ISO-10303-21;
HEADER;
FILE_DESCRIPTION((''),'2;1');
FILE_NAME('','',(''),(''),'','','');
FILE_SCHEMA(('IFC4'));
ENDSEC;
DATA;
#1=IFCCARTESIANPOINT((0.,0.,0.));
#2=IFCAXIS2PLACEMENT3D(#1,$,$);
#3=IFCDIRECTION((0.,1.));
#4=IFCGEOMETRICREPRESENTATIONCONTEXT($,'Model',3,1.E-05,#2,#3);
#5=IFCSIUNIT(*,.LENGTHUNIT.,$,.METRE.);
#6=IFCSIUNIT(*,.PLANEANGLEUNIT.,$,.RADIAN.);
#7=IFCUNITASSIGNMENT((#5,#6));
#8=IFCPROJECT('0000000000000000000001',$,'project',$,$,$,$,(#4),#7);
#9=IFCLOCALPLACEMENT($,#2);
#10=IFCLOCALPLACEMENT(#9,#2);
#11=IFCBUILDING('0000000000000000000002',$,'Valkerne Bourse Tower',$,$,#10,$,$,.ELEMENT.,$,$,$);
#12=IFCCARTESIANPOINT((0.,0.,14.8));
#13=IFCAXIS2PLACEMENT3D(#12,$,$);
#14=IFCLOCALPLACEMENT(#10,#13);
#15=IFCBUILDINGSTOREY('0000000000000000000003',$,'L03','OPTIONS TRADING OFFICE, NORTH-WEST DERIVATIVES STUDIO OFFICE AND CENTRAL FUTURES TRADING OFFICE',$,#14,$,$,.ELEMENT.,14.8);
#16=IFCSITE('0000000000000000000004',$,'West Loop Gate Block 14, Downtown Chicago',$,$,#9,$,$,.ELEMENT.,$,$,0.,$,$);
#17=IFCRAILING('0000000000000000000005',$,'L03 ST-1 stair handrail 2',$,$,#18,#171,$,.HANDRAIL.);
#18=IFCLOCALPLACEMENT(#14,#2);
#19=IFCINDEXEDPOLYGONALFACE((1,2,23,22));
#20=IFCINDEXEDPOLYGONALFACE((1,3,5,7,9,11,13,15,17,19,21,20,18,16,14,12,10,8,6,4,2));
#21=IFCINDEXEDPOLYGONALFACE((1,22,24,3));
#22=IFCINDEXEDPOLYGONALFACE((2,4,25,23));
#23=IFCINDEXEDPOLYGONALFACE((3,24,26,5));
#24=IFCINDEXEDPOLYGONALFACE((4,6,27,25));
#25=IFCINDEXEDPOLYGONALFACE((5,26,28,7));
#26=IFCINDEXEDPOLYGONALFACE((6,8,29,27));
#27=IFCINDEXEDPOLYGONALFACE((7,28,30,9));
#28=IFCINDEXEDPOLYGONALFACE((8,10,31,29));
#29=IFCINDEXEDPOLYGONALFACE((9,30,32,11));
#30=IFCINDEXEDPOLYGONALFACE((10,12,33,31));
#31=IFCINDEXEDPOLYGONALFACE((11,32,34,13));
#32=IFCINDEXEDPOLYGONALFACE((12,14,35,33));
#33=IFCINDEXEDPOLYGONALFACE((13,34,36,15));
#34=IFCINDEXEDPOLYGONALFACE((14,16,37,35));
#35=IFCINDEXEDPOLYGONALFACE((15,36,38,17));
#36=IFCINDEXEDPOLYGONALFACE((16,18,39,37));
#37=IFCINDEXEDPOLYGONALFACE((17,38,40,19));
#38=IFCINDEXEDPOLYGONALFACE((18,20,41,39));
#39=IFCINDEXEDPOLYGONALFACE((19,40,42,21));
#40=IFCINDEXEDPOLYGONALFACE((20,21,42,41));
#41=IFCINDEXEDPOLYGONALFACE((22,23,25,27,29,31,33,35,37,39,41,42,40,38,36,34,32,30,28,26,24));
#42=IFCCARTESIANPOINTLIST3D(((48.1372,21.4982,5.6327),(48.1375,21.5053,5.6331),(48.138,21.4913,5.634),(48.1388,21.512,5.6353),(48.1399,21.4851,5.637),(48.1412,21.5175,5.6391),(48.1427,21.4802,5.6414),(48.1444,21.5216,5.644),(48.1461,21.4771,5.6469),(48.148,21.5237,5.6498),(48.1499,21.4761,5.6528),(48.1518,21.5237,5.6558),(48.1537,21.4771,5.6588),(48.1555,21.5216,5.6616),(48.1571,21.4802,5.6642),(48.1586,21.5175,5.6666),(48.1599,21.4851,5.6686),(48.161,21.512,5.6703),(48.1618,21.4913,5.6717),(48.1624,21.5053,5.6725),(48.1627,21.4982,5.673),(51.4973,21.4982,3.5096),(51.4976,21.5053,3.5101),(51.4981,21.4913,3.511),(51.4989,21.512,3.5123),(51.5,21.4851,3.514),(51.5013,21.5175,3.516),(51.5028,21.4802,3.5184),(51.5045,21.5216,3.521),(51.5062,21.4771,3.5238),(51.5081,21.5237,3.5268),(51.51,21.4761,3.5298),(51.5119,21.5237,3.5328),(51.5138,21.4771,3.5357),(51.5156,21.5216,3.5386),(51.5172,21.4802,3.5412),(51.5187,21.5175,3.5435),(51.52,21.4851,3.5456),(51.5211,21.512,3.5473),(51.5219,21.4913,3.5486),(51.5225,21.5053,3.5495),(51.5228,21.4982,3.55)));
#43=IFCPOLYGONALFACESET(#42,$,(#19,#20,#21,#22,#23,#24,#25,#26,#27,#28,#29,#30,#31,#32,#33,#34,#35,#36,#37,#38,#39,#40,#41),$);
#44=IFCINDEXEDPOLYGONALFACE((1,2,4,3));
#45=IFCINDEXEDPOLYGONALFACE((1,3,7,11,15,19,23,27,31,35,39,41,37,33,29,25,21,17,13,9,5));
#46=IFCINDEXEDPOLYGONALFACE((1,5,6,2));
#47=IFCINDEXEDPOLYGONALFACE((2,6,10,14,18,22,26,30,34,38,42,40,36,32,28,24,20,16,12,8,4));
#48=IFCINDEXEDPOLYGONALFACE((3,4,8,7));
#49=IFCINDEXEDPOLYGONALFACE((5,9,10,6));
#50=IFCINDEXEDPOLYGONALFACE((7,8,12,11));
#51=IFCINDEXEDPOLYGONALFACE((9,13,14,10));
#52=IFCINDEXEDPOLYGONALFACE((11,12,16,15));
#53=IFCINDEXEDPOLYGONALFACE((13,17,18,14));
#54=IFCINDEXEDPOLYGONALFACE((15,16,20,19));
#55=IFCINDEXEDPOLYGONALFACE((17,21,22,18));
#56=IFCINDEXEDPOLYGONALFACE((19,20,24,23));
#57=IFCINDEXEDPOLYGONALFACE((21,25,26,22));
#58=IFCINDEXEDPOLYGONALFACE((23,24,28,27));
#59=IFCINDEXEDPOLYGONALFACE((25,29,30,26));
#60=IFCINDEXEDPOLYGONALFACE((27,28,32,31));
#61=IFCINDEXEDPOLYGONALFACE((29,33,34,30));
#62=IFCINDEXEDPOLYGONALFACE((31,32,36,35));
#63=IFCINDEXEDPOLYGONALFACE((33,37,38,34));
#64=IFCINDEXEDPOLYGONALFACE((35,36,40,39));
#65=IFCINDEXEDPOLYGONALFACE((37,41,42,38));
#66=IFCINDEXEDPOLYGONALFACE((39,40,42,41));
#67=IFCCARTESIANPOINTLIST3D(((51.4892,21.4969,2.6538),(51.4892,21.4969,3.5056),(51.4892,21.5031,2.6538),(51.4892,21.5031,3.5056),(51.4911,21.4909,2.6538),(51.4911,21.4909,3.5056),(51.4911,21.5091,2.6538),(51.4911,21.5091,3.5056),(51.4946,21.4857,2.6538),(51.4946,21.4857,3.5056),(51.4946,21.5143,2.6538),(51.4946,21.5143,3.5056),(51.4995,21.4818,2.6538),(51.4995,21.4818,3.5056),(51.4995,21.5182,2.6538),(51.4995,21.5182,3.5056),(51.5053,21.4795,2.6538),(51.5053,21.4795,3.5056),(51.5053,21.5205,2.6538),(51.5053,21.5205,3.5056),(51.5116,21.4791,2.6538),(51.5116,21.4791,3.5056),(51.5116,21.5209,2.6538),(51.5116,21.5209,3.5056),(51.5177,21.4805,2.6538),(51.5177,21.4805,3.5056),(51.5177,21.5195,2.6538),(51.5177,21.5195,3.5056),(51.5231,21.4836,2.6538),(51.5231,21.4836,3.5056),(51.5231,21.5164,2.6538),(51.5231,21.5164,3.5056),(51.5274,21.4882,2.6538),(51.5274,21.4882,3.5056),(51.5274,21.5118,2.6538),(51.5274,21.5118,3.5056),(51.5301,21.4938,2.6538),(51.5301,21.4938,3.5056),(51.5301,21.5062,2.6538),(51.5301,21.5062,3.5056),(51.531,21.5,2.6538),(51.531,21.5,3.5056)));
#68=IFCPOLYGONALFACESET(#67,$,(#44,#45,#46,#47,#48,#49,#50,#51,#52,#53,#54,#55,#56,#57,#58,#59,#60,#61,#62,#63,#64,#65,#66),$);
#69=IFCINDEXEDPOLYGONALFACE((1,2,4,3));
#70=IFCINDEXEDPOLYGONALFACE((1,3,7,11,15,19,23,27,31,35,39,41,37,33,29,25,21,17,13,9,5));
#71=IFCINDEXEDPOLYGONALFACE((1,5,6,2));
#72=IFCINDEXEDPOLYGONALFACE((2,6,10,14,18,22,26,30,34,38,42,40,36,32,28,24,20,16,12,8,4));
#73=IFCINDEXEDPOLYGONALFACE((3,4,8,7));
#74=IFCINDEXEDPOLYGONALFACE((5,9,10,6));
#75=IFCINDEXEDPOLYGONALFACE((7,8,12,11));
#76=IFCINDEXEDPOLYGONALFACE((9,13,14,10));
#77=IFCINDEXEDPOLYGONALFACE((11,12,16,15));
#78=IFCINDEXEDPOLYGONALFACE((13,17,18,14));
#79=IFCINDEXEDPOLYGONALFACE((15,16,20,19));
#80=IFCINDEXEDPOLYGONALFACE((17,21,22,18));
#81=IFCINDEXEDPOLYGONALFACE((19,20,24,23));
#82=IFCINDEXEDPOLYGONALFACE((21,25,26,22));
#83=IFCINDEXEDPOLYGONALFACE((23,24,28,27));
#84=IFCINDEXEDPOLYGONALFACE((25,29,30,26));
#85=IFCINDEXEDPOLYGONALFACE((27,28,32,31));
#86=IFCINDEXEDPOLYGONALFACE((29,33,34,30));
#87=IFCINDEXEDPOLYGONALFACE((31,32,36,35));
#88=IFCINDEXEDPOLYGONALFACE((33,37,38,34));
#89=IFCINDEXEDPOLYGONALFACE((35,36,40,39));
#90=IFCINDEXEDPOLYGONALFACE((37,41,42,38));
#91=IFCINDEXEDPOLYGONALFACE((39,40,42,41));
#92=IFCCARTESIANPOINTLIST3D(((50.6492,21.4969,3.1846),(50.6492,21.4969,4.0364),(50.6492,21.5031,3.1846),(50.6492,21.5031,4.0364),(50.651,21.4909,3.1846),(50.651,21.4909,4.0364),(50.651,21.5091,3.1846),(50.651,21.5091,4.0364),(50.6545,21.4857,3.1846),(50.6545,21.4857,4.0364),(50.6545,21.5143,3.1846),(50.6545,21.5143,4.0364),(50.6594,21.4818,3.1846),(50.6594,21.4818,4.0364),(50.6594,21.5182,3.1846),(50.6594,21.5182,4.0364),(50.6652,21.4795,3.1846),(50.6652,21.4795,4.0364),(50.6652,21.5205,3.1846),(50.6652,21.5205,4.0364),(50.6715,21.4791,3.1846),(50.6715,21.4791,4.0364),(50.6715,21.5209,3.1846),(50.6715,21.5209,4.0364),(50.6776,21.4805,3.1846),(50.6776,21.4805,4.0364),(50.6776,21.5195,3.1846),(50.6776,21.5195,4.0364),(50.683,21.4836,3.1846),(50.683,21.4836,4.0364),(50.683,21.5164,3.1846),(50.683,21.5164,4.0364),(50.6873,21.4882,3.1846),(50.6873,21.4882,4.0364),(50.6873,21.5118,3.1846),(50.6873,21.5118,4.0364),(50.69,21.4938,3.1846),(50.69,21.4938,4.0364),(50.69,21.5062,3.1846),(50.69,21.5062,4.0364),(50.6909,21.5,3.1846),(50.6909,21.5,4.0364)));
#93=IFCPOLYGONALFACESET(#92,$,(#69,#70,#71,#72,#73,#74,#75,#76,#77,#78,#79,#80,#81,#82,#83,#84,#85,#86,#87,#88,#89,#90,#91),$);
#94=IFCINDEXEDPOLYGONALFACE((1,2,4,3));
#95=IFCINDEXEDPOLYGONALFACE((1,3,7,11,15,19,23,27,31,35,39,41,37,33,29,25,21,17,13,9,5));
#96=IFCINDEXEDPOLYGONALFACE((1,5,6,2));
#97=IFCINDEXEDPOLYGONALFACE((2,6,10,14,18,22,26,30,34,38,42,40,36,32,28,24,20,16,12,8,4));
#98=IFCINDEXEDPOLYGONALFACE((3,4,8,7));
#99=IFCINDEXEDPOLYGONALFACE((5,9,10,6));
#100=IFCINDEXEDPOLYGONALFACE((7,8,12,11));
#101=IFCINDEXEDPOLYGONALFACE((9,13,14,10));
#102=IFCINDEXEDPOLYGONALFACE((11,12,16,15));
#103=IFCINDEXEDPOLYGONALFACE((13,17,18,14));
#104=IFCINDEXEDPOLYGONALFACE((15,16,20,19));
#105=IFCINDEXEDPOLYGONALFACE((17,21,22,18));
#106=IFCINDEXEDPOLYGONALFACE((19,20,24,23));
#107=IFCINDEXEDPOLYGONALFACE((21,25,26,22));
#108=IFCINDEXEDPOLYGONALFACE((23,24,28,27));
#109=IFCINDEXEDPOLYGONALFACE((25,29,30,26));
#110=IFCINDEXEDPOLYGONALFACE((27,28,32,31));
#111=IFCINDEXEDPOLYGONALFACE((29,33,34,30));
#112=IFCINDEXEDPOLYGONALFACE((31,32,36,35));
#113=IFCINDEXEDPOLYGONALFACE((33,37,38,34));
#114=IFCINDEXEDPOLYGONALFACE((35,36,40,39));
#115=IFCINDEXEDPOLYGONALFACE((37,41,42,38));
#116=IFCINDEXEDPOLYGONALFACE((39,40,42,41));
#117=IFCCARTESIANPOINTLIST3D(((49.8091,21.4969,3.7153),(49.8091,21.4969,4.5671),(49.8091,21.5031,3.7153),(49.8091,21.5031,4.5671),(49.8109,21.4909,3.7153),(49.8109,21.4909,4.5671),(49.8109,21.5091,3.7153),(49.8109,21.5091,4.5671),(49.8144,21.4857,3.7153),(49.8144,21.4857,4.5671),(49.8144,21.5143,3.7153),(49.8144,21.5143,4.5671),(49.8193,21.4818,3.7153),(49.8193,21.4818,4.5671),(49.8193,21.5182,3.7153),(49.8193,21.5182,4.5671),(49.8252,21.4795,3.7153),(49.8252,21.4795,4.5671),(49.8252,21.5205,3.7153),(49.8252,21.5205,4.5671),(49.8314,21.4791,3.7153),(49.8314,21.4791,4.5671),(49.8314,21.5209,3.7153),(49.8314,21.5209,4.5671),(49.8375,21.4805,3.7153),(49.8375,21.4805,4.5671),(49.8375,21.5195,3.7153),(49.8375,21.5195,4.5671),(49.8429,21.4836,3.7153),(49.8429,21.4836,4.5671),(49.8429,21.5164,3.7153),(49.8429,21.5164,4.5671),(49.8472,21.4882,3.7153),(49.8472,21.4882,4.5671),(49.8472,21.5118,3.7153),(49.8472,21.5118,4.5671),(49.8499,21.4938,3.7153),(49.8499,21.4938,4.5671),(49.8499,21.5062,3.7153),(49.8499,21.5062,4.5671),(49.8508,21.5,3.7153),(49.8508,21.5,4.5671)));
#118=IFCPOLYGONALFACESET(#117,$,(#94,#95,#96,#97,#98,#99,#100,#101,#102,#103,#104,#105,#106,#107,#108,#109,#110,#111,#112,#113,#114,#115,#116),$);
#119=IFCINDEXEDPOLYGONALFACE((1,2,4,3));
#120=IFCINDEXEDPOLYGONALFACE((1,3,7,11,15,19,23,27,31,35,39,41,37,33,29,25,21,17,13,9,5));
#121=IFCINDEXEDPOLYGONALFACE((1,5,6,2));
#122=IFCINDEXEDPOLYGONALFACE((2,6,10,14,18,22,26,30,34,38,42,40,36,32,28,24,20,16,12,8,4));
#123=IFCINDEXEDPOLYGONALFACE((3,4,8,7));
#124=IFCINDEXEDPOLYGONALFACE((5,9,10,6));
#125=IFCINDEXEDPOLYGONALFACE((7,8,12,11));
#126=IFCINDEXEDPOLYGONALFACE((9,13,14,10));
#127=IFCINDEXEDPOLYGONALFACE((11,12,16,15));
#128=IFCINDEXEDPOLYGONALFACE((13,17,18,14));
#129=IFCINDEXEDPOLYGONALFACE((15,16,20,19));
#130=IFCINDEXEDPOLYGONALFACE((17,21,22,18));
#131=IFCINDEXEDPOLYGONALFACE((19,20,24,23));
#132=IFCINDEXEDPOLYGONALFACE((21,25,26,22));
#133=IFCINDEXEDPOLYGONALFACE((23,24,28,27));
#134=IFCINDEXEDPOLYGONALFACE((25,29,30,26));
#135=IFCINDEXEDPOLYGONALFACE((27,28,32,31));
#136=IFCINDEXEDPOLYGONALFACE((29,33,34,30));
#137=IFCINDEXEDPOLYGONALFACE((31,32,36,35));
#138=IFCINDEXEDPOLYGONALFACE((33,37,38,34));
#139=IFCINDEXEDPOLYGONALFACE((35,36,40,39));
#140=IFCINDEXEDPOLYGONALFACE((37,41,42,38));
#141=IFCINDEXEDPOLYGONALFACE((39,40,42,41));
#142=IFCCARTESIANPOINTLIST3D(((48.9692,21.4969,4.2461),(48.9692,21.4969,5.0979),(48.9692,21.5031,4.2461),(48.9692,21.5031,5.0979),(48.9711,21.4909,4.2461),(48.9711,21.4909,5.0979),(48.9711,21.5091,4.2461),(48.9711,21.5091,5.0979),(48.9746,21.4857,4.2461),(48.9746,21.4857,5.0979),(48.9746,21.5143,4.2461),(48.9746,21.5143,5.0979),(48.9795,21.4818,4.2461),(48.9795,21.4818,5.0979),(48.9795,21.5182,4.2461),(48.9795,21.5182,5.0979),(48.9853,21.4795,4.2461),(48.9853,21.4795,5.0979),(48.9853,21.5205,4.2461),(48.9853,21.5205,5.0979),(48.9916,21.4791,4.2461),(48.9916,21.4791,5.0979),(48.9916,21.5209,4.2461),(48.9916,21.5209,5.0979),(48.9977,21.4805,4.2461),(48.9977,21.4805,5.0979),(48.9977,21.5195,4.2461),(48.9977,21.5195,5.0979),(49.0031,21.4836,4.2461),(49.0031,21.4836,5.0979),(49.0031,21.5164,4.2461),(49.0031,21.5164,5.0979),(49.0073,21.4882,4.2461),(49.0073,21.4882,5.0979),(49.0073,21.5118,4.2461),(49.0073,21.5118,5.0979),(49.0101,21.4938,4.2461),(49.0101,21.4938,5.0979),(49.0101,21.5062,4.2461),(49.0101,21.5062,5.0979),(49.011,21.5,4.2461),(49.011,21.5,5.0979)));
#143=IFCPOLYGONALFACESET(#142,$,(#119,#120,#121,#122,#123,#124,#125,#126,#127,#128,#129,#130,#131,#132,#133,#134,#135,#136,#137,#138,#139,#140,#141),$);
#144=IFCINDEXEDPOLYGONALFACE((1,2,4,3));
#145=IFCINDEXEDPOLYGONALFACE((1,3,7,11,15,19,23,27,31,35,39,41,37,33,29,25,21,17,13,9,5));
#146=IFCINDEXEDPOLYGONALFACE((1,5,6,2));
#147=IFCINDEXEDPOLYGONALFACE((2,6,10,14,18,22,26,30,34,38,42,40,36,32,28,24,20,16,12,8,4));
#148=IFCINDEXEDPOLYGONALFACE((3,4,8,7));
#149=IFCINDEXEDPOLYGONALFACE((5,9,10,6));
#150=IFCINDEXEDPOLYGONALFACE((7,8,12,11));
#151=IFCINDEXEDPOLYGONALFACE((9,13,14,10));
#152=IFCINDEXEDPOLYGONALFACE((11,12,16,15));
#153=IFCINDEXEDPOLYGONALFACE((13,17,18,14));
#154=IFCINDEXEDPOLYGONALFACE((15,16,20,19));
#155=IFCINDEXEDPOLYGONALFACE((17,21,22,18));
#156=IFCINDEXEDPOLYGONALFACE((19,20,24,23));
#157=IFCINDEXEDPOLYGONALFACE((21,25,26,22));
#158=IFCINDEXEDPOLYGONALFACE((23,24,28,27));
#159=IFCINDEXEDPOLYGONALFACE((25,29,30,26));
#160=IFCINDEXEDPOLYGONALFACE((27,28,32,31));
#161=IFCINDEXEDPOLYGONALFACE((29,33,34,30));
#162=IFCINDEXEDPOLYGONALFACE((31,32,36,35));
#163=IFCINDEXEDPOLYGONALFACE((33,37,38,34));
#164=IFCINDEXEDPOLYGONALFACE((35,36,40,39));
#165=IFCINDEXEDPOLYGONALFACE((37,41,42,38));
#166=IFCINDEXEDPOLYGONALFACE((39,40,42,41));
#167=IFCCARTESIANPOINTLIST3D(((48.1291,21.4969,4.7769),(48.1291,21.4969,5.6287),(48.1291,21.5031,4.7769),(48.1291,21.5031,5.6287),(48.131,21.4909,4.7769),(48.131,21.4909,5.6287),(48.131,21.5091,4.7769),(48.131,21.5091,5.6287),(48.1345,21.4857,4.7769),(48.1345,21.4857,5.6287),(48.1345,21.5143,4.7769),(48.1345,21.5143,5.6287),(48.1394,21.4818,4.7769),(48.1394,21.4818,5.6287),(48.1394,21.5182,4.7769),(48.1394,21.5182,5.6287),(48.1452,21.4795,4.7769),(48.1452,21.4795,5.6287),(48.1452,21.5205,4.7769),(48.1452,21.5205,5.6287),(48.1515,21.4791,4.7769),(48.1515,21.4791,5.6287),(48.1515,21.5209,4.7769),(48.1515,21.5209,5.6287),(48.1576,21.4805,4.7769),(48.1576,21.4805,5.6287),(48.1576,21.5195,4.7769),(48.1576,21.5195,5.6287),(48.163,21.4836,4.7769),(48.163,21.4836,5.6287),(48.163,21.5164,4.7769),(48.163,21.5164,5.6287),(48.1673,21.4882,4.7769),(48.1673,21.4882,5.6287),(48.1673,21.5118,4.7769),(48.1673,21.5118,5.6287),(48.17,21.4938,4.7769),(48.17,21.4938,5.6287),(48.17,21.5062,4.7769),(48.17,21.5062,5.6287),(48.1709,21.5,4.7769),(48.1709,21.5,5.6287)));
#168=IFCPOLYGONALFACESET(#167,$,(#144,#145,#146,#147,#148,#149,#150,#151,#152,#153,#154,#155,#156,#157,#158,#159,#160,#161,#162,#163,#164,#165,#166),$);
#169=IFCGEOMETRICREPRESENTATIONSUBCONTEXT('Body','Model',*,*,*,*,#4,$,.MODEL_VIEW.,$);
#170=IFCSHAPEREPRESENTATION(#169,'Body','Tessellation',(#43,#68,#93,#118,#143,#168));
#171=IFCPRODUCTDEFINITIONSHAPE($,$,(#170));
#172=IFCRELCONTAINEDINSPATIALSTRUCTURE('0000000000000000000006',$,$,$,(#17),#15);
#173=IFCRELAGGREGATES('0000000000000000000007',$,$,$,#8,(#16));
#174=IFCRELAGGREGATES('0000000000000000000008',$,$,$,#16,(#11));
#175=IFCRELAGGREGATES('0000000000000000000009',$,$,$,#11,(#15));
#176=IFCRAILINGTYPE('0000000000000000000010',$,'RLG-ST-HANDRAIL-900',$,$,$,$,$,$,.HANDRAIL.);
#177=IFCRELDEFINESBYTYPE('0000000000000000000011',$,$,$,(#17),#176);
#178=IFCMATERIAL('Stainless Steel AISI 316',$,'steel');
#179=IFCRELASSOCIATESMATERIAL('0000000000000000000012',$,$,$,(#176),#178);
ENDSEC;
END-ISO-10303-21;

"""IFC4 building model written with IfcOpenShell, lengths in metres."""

from ifc_helpers import new_model, si_unit, direction, frame, origin, origin_2d, place, context, subcontext, project, spatial, circle, extrude, material, type_object, element, save


model = new_model("IFC4")

# Units and contexts
model_context = context("Model", 3, precision=1e-05, world=origin(), true_north=direction((0.0, 1.0)))
body_context = subcontext(model_context, "Body", "Model", "MODEL_VIEW")
ifc_project = project(units=[si_unit("LENGTHUNIT", "METRE"), si_unit("PLANEANGLEUNIT", "RADIAN")], contexts=[model_context])

# Site, building, storey
site_placement = place(None, origin())
site = spatial("IfcSite", under=ifc_project, at=site_placement, Name="West Loop Gate Block 14, Downtown Chicago", CompositionType="ELEMENT", RefElevation=0.0)
building_placement = place(site_placement, origin())
building = spatial("IfcBuilding", under=site, at=building_placement, Name="Valkerne Bourse Tower", CompositionType="ELEMENT")
storey_placement = place(building_placement, frame((0.0, 0.0, 14.8)))
storey = spatial("IfcBuildingStorey", under=building, at=storey_placement, Name="L03", Description="OPTIONS TRADING OFFICE, NORTH-WEST DERIVATIVES STUDIO OFFICE AND CENTRAL FUTURES TRADING OFFICE", CompositionType="ELEMENT", Elevation=14.8)

# Shared definitions
ifc_material_1 = material(Name="Stainless Steel AISI 316", Category="steel")

# Railing
railing_type_1 = type_object("IfcRailingType", Name="RLG-ST-HANDRAIL-900", PredefinedType="HANDRAIL", material=ifc_material_1)
railing_1_placement = place(storey_placement, frame((51.51, 21.5, 2.6538)))
element("IfcRailing", 1, at=railing_1_placement, inside=storey, type_object=railing_type_1, Name="L03 ST-1 stair handrail 2", PredefinedType="HANDRAIL", context=body_context, shape_type="SweptSolid", body=[
    extrude(circle(Radius=0.0239, at=origin_2d()), frame((0.0, 0.0, 0.876), z_axis=(-0.84539, 0.0, 0.53415), x_axis=(0.0, -1.0, 0.0)), (0.0, 0.0, 1.0), 3.9746),
    extrude(circle(Radius=0.021, at=origin_2d()), origin(), (0.0, 0.0, 1.0), 0.8518),
    extrude(circle(Radius=0.021, at=origin_2d()), frame((-0.8401, 0.0, 0.5308)), (0.0, 0.0, 1.0), 0.8518),
    extrude(circle(Radius=0.021, at=origin_2d()), frame((-1.6802, 0.0, 1.0615)), (0.0, 0.0, 1.0), 0.8518),
    extrude(circle(Radius=0.021, at=origin_2d()), frame((-2.52, 0.0, 1.5923)), (0.0, 0.0, 1.0), 0.8518),
    extrude(circle(Radius=0.021, at=origin_2d()), frame((-3.3601, 0.0, 2.123)), (0.0, 0.0, 1.0), 0.8518),
])

save(model, "model.ifc")
